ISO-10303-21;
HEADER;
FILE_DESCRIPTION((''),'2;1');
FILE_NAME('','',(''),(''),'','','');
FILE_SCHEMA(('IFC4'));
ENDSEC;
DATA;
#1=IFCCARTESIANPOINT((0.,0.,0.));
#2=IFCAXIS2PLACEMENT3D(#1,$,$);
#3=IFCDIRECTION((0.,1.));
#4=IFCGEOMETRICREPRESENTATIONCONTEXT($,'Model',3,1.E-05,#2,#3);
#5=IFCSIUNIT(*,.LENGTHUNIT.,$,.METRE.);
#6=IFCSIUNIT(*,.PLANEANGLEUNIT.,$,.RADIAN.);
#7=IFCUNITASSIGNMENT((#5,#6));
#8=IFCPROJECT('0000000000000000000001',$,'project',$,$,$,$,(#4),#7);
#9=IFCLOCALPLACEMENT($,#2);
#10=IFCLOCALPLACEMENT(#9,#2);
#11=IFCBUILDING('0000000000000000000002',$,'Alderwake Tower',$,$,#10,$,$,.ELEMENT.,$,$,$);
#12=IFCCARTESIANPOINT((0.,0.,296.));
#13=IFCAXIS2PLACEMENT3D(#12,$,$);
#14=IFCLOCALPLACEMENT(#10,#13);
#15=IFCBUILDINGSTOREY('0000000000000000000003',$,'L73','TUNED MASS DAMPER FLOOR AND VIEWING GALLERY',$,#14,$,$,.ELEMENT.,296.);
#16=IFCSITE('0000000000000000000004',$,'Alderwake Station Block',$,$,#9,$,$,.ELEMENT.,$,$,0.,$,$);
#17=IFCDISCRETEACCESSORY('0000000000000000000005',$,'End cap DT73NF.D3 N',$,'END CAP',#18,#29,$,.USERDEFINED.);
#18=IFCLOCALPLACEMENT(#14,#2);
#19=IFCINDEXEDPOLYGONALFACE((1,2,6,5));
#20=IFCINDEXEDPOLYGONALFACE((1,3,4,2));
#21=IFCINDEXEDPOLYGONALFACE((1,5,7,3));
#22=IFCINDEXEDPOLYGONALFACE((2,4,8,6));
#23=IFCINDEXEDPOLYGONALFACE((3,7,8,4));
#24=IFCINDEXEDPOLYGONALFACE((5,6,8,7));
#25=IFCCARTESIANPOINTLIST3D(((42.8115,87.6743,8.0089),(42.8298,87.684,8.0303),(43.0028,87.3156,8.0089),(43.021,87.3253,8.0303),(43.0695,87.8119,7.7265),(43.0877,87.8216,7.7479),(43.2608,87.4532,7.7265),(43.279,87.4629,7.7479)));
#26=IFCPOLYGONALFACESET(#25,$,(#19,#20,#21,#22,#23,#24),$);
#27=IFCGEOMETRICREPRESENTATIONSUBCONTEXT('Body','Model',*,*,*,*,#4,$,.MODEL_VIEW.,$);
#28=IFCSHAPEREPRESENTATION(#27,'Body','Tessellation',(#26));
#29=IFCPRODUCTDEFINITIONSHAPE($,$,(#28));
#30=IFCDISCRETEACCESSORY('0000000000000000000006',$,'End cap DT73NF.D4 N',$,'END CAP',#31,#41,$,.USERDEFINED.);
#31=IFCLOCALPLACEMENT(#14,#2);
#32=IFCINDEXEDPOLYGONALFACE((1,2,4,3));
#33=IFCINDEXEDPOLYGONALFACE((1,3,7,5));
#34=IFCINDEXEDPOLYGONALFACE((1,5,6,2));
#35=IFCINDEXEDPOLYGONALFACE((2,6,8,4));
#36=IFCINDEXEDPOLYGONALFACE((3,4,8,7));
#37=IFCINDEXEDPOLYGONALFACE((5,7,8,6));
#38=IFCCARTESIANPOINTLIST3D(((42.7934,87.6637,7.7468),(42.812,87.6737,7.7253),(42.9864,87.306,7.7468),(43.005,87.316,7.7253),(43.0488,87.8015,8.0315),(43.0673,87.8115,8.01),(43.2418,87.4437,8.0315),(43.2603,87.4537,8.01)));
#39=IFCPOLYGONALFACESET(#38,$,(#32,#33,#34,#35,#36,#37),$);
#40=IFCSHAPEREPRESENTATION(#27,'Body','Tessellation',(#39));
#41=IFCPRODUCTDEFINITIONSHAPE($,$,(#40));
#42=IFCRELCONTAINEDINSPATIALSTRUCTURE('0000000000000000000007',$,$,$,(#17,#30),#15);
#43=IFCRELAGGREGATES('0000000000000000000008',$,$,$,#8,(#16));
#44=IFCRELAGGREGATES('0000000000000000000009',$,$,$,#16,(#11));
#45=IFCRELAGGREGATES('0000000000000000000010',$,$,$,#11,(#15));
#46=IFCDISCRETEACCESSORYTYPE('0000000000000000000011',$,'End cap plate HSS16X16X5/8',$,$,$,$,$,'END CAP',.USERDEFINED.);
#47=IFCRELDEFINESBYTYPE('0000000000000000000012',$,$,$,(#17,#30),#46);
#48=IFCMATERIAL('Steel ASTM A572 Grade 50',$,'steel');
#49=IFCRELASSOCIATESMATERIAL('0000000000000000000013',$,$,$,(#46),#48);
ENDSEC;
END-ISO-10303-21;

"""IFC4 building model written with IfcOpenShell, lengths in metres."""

from ifc_helpers import new_model, si_unit, direction, frame, origin, origin_2d, place, context, subcontext, project, spatial, rectangle, extrude, material, material_profile, profile_set, type_object, element, save


model = new_model("IFC4")

# Units and contexts
model_context = context("Model", 3, precision=1e-05, world=origin(), true_north=direction((0.0, 1.0)))
body_context = subcontext(model_context, "Body", "Model", "MODEL_VIEW")
ifc_project = project(units=[si_unit("LENGTHUNIT", "METRE"), si_unit("PLANEANGLEUNIT", "RADIAN")], contexts=[model_context])

# Site, building, storey
site_placement = place(None, origin())
site = spatial("IfcSite", under=ifc_project, at=site_placement, Name="Alderwake Station Block", CompositionType="ELEMENT", RefElevation=0.0)
building_placement = place(site_placement, origin())
building = spatial("IfcBuilding", under=site, at=building_placement, Name="Alderwake Tower", CompositionType="ELEMENT")
storey_placement = place(building_placement, frame((0.0, 0.0, 296.0)))
storey = spatial("IfcBuildingStorey", under=building, at=storey_placement, Name="L73", Description="TUNED MASS DAMPER FLOOR AND VIEWING GALLERY", CompositionType="ELEMENT", Elevation=296.0)

# Discrete accessories
ifc_material_1 = material(Name="Steel ASTM A572 Grade 50", Category="steel")
ifc_material_profile_1 = material_profile(ifc_material_1, rectangle(XDim=0.4065, YDim=0.4065, at=origin_2d()), Name="HSS16X16X5/8 cap")
ifc_profile_set_1 = profile_set([ifc_material_profile_1], Name="Steel ASTM A572 Grade 50")
discrete_accessory_type_1 = type_object("IfcDiscreteAccessoryType", Name="End cap plate HSS16X16X5/8", ElementType="END CAP", PredefinedType="USERDEFINED", material=ifc_profile_set_1)
discrete_accessory_1_placement = place(storey_placement, frame((43.0361, 87.5637, 7.8677), z_axis=(0.613006, 0.326937, 0.719261), x_axis=(-0.470588, 0.882353, 0.0)))
element("IfcDiscreteAccessory", 1, at=discrete_accessory_1_placement, inside=storey, type_object=discrete_accessory_type_1, Name="End cap DT73NF.D3 N", ObjectType="END CAP", PredefinedType="USERDEFINED", context=body_context, shape_type="SweptSolid", body=[
    extrude(rectangle(XDim=0.4065, YDim=0.4065, at=origin_2d()), origin(), (0.0, 0.0, 1.0), 0.0298),
])
discrete_accessory_2_placement = place(storey_placement, frame((43.0361, 87.5637, 7.8677), z_axis=(-0.616421, -0.332543, 0.713751), x_axis=(0.47479, -0.880099, 0.0)))
element("IfcDiscreteAccessory", 2, at=discrete_accessory_2_placement, inside=storey, type_object=discrete_accessory_type_1, Name="End cap DT73NF.D4 N", ObjectType="END CAP", PredefinedType="USERDEFINED", context=body_context, shape_type="SweptSolid", body=[
    extrude(rectangle(XDim=0.4065, YDim=0.4065, at=origin_2d()), origin(), (0.0, 0.0, 1.0), 0.03),
])

save(model, "model.ifc")
